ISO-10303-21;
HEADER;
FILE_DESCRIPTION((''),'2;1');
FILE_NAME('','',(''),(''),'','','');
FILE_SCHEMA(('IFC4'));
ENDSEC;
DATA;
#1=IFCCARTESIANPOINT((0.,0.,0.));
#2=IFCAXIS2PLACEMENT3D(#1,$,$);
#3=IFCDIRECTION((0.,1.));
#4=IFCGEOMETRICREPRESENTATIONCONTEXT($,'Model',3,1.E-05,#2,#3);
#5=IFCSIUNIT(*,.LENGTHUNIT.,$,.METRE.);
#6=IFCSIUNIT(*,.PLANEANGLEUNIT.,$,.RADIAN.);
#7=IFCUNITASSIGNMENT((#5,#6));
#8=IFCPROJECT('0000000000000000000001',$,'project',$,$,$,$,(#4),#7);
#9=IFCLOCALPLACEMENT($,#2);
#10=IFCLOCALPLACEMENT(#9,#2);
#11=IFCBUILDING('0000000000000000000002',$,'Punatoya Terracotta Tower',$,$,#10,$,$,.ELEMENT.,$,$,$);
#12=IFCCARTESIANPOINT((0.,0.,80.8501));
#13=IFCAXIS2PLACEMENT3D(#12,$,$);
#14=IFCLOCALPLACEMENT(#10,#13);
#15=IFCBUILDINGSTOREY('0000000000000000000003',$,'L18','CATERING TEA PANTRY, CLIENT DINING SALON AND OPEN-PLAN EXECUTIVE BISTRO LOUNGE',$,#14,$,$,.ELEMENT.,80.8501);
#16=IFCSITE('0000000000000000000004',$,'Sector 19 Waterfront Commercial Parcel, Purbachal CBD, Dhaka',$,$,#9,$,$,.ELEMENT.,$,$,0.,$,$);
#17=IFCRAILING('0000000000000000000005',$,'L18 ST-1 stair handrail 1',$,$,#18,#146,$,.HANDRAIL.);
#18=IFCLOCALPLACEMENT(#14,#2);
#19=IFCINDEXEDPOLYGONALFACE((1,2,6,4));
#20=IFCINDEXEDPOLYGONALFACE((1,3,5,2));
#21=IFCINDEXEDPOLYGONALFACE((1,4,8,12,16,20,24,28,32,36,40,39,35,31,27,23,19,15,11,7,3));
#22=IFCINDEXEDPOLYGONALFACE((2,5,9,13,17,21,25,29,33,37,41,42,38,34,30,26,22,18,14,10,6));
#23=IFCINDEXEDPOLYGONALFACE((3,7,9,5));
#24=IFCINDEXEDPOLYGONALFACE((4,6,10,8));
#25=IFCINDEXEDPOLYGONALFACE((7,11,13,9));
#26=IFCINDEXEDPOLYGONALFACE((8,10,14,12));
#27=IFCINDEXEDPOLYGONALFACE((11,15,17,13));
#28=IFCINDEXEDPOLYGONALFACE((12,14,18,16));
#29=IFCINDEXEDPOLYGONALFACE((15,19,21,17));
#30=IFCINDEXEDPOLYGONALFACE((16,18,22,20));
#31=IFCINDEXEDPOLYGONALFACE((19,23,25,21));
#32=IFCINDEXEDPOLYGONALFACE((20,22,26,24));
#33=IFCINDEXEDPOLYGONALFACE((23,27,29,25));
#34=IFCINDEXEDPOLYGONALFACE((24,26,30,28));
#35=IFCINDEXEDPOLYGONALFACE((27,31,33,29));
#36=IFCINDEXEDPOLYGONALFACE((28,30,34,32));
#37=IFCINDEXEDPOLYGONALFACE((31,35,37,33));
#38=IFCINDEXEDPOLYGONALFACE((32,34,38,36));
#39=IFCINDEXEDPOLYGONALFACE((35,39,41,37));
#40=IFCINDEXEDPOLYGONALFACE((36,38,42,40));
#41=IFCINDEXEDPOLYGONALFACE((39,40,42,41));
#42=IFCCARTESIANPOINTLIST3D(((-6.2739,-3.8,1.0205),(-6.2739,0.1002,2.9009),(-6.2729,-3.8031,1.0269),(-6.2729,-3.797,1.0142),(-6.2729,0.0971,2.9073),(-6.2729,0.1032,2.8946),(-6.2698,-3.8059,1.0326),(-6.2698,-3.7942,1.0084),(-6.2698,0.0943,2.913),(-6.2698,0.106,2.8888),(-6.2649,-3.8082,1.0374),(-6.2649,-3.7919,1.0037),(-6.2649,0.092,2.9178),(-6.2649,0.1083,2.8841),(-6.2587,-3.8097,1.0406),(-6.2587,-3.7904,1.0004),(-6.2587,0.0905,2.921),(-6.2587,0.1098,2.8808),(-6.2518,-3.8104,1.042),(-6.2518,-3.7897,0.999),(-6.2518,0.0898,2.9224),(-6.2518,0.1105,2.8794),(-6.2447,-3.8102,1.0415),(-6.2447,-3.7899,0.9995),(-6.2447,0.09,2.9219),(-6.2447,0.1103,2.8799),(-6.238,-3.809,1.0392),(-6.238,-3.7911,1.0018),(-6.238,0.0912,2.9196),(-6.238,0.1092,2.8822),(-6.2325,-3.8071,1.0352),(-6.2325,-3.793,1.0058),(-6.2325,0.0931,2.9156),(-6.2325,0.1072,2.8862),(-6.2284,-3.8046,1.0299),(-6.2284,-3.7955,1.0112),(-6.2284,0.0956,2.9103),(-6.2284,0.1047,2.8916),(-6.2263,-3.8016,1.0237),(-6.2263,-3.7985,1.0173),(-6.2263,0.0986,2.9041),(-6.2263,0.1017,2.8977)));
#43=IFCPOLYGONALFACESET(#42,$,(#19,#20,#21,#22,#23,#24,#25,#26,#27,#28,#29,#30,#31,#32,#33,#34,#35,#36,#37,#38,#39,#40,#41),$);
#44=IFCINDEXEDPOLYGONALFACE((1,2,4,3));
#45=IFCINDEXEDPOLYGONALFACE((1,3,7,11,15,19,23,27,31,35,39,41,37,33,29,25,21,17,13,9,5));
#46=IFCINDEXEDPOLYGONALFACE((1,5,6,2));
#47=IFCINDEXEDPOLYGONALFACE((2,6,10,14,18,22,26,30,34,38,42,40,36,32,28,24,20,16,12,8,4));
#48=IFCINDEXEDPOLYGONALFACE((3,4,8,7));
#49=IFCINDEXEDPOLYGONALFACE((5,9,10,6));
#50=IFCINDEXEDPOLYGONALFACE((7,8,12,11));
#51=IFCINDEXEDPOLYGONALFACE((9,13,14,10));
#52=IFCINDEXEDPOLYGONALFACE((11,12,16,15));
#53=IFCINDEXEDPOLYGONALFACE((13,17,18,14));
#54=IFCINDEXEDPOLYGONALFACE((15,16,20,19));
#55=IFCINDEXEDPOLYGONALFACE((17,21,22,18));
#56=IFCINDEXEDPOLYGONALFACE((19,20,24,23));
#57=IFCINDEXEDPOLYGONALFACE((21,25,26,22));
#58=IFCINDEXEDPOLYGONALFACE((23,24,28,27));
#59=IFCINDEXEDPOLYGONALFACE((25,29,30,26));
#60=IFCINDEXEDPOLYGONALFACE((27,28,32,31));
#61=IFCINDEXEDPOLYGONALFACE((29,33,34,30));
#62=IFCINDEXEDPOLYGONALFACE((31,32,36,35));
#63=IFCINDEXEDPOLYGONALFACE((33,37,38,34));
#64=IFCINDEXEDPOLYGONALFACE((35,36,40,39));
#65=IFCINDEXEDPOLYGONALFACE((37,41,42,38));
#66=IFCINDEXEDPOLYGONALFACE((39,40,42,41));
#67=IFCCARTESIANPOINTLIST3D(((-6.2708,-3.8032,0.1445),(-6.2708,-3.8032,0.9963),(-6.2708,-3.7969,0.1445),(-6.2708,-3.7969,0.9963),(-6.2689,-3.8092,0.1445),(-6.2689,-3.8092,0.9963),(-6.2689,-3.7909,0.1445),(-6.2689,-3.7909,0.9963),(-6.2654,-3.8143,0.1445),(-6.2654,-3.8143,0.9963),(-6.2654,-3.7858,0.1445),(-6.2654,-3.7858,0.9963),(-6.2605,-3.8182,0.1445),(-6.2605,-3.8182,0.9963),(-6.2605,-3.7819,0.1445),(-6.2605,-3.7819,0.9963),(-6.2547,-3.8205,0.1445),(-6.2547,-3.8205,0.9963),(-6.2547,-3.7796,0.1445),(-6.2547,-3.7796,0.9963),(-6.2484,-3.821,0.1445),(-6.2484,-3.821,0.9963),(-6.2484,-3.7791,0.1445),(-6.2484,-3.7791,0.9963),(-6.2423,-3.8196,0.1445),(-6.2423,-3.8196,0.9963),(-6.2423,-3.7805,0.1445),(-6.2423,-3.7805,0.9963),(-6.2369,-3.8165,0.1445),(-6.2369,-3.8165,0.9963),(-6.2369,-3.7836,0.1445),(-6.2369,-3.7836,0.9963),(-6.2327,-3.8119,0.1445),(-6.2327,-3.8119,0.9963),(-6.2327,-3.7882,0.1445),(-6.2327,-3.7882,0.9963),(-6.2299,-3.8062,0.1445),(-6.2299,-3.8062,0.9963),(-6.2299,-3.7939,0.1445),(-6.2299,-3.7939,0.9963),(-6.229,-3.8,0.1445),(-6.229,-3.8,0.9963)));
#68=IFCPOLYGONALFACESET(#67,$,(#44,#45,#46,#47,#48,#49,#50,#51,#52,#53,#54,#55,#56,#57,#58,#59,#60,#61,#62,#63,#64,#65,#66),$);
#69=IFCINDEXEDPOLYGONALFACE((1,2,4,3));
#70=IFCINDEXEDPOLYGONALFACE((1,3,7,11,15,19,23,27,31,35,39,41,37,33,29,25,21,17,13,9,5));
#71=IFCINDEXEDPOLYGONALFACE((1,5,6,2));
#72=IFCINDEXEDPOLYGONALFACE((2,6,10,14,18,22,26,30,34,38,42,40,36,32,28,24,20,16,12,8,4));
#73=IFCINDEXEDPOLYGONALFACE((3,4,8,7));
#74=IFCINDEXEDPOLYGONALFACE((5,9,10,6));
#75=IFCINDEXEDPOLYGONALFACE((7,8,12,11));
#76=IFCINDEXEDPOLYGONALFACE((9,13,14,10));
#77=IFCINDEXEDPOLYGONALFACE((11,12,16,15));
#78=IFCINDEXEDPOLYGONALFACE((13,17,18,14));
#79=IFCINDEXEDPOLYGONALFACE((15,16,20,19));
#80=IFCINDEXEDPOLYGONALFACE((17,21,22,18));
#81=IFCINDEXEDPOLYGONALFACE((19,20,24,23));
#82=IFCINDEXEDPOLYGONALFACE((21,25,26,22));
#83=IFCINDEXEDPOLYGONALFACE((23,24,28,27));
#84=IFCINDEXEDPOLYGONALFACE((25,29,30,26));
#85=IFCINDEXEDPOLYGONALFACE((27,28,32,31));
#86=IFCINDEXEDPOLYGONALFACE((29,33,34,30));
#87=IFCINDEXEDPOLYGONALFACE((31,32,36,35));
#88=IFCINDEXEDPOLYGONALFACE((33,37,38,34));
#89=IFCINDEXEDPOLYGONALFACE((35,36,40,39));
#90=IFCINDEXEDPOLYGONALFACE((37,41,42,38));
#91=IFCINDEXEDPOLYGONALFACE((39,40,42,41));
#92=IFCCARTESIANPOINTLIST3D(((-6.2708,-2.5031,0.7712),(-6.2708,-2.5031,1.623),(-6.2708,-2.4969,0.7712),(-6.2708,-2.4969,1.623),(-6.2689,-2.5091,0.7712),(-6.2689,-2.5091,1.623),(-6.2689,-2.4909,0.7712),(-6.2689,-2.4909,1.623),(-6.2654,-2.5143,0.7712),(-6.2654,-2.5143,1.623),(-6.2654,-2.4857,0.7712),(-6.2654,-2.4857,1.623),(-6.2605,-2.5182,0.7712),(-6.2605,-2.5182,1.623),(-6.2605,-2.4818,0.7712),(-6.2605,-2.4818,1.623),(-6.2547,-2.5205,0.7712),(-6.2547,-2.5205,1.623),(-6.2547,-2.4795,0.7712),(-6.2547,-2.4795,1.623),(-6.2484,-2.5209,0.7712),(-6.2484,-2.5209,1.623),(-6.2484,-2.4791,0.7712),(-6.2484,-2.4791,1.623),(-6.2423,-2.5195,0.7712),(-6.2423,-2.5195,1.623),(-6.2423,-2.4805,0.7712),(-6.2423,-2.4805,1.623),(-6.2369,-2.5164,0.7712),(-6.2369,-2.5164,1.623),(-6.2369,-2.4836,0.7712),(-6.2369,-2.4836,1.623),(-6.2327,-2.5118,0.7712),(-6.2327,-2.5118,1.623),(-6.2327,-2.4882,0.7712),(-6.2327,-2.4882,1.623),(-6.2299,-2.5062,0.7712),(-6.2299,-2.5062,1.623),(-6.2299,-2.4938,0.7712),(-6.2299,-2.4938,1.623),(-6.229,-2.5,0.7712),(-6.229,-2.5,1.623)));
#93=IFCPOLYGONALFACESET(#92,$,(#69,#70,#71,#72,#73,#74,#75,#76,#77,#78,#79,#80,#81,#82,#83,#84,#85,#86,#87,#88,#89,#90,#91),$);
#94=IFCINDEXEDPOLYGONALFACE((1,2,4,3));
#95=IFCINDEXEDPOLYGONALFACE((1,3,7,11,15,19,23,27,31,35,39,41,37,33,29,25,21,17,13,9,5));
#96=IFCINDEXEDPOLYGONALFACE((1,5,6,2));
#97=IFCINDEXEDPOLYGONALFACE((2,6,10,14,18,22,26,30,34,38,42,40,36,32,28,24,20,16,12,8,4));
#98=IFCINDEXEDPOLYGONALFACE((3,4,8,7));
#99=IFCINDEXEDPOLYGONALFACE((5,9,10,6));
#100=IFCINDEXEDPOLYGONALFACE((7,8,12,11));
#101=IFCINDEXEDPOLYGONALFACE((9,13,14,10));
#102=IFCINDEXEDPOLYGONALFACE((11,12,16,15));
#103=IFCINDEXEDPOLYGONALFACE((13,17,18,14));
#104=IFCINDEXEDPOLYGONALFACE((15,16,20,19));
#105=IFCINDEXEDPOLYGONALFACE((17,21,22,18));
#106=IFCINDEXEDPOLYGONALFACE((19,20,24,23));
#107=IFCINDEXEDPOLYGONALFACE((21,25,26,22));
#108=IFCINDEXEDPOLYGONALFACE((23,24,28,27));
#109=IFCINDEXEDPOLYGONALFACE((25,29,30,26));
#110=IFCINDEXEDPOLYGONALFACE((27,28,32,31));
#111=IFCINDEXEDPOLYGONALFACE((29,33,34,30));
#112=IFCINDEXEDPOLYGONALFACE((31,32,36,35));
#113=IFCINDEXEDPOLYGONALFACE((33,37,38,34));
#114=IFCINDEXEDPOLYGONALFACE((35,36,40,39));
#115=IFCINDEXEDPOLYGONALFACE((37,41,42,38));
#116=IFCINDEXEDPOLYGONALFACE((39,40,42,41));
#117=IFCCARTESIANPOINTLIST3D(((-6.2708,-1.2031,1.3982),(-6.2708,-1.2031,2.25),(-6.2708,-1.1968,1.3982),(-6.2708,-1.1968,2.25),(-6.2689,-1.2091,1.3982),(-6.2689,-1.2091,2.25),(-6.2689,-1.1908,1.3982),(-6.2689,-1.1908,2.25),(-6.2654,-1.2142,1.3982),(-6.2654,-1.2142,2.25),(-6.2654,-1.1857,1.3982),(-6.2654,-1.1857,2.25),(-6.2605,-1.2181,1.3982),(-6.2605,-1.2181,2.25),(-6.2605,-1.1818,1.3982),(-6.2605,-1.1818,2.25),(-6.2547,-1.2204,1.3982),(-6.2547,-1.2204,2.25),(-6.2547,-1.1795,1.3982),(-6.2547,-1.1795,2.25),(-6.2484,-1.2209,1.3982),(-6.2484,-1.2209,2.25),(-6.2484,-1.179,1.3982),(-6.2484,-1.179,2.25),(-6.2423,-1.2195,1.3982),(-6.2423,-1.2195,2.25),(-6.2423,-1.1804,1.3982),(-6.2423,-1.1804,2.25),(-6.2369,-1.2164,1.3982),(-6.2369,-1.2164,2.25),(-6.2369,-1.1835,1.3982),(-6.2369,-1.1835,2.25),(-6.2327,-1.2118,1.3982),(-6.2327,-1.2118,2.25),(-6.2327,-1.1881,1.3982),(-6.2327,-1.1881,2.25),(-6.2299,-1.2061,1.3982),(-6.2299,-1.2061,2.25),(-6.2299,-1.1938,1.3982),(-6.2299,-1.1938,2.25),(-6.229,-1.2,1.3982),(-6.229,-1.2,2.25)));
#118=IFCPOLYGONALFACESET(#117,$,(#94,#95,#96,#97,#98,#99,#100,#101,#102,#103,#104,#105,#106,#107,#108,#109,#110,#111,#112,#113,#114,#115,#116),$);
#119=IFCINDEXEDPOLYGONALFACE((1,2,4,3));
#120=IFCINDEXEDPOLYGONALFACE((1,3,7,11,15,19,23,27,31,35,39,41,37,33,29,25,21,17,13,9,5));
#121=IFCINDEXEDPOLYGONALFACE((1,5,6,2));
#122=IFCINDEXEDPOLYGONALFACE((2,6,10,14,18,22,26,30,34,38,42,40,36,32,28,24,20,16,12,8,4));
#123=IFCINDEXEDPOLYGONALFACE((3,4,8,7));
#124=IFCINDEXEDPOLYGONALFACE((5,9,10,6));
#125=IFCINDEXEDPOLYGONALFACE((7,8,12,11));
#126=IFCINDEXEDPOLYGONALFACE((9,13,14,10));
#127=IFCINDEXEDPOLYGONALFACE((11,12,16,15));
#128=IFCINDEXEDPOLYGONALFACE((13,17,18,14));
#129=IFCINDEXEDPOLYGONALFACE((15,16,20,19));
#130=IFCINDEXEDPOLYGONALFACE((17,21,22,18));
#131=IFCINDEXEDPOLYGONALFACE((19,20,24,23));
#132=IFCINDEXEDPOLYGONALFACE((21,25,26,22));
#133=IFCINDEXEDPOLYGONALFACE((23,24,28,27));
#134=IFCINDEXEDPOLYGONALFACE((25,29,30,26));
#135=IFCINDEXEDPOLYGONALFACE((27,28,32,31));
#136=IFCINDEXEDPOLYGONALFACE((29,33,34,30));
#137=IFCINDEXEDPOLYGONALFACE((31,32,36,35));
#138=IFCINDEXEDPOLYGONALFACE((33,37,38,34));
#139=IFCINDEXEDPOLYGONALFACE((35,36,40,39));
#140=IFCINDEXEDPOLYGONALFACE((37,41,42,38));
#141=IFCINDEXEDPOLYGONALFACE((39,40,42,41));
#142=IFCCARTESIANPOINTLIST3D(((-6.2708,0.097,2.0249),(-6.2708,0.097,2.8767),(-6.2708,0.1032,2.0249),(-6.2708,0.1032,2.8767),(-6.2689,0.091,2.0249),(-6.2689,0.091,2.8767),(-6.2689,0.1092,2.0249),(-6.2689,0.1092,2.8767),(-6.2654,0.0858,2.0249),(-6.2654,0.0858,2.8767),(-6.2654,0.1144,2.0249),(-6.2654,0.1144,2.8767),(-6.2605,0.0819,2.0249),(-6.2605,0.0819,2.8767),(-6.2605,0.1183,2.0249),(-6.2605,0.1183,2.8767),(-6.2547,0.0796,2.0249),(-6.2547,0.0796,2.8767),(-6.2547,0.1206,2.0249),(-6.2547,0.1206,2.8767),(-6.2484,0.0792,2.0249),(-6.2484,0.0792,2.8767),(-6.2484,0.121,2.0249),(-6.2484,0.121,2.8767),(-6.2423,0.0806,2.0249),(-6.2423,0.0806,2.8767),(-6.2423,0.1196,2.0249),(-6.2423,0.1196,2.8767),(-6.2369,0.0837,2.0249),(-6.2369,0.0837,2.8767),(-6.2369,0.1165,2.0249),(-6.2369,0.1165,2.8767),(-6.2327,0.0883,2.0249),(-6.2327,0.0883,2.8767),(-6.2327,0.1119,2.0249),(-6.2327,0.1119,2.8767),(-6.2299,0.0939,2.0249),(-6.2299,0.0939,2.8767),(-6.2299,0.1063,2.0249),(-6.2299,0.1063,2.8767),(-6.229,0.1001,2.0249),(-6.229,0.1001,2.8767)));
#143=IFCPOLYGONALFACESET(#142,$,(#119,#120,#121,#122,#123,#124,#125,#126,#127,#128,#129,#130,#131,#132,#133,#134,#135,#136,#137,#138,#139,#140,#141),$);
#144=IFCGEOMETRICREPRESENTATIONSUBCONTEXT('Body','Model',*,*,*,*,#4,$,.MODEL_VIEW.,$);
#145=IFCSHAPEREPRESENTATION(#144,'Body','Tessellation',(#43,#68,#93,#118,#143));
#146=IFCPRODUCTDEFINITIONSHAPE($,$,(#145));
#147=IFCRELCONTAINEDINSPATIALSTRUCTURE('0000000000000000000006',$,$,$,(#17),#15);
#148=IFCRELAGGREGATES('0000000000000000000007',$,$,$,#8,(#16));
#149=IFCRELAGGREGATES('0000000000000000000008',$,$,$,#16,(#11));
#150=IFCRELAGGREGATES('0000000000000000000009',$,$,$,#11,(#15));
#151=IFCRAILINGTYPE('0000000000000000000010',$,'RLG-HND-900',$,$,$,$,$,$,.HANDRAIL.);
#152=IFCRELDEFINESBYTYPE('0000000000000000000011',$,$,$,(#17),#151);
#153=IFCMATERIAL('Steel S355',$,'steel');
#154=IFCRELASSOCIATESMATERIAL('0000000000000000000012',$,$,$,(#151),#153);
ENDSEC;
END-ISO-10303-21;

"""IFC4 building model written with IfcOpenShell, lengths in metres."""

from ifc_helpers import new_model, si_unit, direction, frame, origin, origin_2d, place, context, subcontext, project, spatial, circle, extrude, material, type_object, element, save


model = new_model("IFC4")

# Units and contexts
model_context = context("Model", 3, precision=1e-05, world=origin(), true_north=direction((0.0, 1.0)))
body_context = subcontext(model_context, "Body", "Model", "MODEL_VIEW")
ifc_project = project(units=[si_unit("LENGTHUNIT", "METRE"), si_unit("PLANEANGLEUNIT", "RADIAN")], contexts=[model_context])

# Site, building, storey
site_placement = place(None, origin())
site = spatial("IfcSite", under=ifc_project, at=site_placement, Name="Sector 19 Waterfront Commercial Parcel, Purbachal CBD, Dhaka", CompositionType="ELEMENT", RefElevation=0.0)
building_placement = place(site_placement, origin())
building = spatial("IfcBuilding", under=site, at=building_placement, Name="Punatoya Terracotta Tower", CompositionType="ELEMENT")
storey_placement = place(building_placement, frame((0.0, 0.0, 80.8501)))
storey = spatial("IfcBuildingStorey", under=building, at=storey_placement, Name="L18", Description="CATERING TEA PANTRY, CLIENT DINING SALON AND OPEN-PLAN EXECUTIVE BISTRO LOUNGE", CompositionType="ELEMENT", Elevation=80.8501)

# Shared definitions
ifc_material_1 = material(Name="Steel S355", Category="steel")

# Railing
railing_type_1 = type_object("IfcRailingType", Name="RLG-HND-900", PredefinedType="HANDRAIL", material=ifc_material_1)
railing_1_placement = place(storey_placement, frame((-6.25, -3.8, 0.1445)))
element("IfcRailing", 1, at=railing_1_placement, inside=storey, type_object=railing_type_1, Name="L18 ST-1 stair handrail 1", PredefinedType="HANDRAIL", context=body_context, shape_type="SweptSolid", body=[
    extrude(circle(Radius=0.0239, at=origin_2d()), frame((0.0, 0.0, 0.876), z_axis=(0.0, 0.900774, 0.434289), x_axis=(-1.0, 0.0, 0.0)), (0.0, 0.0, 1.0), 4.3298),
    extrude(circle(Radius=0.021, at=origin_2d()), origin(), (0.0, 0.0, 1.0), 0.8518),
    extrude(circle(Radius=0.021, at=origin_2d()), frame((0.0, 1.3, 0.6267)), (0.0, 0.0, 1.0), 0.8518),
    extrude(circle(Radius=0.021, at=origin_2d()), frame((0.0, 2.6001, 1.2537)), (0.0, 0.0, 1.0), 0.8518),
    extrude(circle(Radius=0.021, at=origin_2d()), frame((0.0, 3.9001, 1.8804)), (0.0, 0.0, 1.0), 0.8518),
])

save(model, "model.ifc")
